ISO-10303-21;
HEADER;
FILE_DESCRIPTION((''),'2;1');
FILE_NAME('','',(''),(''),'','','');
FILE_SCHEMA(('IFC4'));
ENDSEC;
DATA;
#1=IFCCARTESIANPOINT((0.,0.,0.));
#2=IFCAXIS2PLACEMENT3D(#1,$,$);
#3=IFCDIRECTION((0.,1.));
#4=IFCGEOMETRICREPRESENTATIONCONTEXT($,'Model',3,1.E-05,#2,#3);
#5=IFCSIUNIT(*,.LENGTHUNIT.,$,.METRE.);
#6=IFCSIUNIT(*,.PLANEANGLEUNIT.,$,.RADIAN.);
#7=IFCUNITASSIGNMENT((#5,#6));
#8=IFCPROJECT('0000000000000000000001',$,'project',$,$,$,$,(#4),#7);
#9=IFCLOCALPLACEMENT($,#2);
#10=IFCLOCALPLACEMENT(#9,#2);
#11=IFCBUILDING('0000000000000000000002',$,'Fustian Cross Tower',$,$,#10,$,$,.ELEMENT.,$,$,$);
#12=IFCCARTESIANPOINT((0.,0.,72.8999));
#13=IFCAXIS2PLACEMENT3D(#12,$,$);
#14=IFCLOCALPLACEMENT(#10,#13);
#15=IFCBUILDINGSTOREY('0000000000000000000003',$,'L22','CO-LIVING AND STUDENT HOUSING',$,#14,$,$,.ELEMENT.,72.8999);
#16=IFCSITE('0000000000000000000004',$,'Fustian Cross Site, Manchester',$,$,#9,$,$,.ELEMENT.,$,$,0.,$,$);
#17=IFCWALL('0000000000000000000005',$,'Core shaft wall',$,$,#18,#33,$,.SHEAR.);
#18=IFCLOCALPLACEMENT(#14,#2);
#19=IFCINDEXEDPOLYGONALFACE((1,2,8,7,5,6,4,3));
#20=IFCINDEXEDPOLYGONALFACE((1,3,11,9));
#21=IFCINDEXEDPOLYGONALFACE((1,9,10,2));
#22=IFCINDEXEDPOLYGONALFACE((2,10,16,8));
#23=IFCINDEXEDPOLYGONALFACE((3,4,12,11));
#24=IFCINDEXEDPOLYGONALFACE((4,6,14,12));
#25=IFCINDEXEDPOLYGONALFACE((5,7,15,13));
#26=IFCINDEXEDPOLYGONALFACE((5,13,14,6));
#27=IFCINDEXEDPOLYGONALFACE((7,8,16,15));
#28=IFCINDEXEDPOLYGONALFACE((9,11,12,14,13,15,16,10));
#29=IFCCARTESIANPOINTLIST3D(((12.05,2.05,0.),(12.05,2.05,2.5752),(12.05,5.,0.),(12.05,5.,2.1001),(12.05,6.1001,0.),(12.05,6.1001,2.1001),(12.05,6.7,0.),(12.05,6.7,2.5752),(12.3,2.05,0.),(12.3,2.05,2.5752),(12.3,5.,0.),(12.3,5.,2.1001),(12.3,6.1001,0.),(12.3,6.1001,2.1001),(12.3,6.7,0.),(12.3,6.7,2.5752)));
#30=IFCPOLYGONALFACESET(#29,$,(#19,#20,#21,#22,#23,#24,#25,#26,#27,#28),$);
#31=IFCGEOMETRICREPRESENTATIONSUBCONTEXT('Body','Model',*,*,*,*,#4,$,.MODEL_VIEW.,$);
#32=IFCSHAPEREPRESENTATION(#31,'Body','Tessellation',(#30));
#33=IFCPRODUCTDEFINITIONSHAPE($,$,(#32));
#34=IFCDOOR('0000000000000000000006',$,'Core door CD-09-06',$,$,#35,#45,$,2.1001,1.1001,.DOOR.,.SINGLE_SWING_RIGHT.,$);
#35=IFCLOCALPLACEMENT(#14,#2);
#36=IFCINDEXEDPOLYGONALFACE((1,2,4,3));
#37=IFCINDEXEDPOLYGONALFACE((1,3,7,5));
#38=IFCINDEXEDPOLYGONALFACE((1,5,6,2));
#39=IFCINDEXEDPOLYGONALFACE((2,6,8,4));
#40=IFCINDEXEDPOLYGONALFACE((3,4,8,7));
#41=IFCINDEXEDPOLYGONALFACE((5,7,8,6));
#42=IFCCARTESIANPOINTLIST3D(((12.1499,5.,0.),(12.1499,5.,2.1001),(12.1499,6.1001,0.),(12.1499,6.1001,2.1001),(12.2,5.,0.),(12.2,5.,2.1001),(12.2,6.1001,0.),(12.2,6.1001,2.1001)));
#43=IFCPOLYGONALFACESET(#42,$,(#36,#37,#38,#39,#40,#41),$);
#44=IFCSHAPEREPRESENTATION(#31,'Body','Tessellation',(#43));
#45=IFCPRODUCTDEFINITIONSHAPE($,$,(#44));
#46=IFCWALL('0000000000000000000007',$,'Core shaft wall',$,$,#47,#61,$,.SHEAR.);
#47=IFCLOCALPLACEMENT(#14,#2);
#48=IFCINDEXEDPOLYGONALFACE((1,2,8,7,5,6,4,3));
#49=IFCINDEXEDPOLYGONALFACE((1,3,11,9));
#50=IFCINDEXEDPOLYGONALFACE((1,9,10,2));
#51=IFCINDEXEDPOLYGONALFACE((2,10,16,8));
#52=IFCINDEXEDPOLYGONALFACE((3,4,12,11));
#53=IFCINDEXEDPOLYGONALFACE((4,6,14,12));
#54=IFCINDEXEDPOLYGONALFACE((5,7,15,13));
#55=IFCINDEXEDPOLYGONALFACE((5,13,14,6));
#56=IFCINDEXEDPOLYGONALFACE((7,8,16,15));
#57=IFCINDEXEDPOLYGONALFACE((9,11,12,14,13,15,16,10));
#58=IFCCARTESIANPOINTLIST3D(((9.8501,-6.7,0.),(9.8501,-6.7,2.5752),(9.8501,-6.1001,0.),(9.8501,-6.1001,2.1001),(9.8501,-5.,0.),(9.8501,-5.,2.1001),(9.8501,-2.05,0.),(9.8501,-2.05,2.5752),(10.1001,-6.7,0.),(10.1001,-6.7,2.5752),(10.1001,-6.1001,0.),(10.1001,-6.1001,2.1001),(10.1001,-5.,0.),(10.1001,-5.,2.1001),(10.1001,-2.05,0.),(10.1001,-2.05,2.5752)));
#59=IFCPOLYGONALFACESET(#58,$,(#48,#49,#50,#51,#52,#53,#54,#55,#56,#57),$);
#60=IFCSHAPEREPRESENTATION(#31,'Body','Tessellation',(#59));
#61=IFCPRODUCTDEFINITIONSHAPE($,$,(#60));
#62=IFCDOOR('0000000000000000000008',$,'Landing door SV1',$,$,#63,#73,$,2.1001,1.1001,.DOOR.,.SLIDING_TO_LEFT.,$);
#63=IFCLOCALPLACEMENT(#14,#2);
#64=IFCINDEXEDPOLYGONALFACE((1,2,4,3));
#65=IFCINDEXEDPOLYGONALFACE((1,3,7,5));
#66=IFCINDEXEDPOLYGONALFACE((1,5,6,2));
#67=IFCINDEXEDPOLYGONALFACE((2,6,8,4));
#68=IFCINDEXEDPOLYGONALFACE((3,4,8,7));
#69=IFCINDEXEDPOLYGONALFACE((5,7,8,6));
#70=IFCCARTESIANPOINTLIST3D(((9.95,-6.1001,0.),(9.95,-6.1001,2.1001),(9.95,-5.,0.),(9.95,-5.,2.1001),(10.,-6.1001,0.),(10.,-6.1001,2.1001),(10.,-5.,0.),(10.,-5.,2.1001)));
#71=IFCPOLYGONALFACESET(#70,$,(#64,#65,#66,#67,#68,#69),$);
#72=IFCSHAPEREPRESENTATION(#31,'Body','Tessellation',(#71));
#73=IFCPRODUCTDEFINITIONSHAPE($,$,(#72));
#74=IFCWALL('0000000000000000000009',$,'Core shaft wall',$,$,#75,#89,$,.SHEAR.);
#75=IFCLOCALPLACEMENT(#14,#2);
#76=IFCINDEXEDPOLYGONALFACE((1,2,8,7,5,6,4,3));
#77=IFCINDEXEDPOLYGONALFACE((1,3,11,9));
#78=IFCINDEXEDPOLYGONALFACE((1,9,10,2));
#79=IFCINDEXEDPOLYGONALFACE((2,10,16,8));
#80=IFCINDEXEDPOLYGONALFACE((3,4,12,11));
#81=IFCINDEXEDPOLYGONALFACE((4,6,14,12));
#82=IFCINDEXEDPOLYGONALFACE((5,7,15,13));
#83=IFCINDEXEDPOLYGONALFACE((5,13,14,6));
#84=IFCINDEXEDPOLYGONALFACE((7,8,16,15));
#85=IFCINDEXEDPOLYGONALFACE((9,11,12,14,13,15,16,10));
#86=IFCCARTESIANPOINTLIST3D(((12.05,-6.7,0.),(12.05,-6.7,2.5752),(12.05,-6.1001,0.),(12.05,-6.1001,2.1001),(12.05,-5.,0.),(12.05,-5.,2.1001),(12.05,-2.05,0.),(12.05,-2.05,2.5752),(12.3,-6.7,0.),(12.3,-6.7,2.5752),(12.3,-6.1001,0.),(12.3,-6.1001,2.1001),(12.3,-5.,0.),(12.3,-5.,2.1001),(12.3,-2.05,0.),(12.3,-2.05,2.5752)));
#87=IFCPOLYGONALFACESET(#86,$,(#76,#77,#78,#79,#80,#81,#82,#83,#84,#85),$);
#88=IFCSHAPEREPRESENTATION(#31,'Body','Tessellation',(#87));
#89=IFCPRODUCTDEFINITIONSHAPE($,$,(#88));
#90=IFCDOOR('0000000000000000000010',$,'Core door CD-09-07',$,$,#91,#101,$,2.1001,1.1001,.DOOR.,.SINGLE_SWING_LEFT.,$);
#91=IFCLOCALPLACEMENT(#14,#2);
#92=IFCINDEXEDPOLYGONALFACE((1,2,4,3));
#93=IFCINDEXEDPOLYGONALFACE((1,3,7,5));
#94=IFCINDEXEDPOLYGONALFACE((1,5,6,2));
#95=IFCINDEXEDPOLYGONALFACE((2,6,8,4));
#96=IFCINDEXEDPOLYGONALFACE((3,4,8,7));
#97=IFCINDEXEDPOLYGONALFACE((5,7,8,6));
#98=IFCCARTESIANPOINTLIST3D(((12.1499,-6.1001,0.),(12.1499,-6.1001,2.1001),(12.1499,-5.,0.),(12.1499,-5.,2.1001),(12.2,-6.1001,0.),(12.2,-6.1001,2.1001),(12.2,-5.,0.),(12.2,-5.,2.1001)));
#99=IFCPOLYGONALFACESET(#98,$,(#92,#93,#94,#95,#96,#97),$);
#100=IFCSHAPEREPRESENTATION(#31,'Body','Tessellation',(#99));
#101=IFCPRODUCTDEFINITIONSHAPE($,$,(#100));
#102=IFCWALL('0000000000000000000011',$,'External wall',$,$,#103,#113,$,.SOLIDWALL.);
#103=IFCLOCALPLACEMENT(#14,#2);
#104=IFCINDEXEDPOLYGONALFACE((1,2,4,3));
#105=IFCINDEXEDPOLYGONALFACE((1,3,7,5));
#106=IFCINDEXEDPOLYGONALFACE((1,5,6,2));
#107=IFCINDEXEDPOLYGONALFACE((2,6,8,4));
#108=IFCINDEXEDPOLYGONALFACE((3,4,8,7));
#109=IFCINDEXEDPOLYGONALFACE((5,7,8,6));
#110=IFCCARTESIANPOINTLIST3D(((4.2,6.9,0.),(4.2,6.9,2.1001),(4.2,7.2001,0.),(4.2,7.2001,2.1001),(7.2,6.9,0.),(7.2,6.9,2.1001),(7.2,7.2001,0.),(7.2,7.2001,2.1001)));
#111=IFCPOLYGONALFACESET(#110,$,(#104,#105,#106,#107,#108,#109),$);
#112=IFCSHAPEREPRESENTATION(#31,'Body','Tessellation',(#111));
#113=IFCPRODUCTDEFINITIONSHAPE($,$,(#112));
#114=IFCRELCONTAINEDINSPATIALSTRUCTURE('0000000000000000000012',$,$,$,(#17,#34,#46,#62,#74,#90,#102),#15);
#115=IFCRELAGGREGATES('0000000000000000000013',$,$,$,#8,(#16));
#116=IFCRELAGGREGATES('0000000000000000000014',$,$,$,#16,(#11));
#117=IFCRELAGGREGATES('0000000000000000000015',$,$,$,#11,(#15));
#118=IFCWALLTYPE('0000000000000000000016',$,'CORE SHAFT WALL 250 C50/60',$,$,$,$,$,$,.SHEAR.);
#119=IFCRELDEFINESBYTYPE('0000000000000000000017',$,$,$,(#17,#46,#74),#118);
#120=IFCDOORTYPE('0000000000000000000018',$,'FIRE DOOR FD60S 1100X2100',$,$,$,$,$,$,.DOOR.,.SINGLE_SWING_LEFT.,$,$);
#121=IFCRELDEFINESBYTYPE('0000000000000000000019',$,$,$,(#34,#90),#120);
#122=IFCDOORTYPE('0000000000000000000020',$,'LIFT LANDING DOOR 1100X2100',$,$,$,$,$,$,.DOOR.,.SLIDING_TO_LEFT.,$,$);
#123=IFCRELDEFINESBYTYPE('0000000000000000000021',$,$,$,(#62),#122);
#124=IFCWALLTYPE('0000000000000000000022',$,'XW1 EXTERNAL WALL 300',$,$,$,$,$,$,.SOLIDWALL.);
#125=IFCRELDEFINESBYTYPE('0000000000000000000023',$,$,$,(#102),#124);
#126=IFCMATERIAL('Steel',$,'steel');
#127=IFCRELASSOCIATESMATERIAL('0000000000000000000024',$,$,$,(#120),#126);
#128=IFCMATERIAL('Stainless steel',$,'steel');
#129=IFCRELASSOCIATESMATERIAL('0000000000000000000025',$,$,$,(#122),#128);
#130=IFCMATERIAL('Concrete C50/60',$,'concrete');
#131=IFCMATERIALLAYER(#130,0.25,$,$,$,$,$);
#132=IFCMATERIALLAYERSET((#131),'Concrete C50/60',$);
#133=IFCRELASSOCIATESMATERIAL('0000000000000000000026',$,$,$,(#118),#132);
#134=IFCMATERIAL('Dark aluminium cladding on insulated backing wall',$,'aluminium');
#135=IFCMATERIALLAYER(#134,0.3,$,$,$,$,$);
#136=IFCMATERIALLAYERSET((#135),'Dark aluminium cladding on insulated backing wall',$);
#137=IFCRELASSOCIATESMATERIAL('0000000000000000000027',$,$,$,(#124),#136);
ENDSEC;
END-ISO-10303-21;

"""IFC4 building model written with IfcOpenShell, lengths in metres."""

from ifc_helpers import new_model, si_unit, direction, frame, frame_2d, origin, place, context, subcontext, project, spatial, rectangle, extrude, material, layer, layer_set, type_object, element, fill, save


model = new_model("IFC4")

# Units and contexts
model_context = context("Model", 3, precision=1e-05, world=origin(), true_north=direction((0.0, 1.0)))
body_context = subcontext(model_context, "Body", "Model", "MODEL_VIEW")
ifc_project = project(units=[si_unit("LENGTHUNIT", "METRE"), si_unit("PLANEANGLEUNIT", "RADIAN")], contexts=[model_context])

# Site, building, storey
site_placement = place(None, origin())
site = spatial("IfcSite", under=ifc_project, at=site_placement, Name="Fustian Cross Site, Manchester", CompositionType="ELEMENT", RefElevation=0.0)
building_placement = place(site_placement, origin())
building = spatial("IfcBuilding", under=site, at=building_placement, Name="Fustian Cross Tower", CompositionType="ELEMENT")
storey_placement = place(building_placement, frame((0.0, 0.0, 72.8999)))
storey = spatial("IfcBuildingStorey", under=building, at=storey_placement, Name="L22", Description="CO-LIVING AND STUDENT HOUSING", CompositionType="ELEMENT", Elevation=72.8999)

# Shared definitions
ifc_material_1 = material(Name="Steel", Category="steel")
door_type_1 = type_object("IfcDoorType", Name="FIRE DOOR FD60S 1100X2100", OperationType="SINGLE_SWING_LEFT", PredefinedType="DOOR", material=ifc_material_1)
ifc_material_2 = material(Name="Stainless steel", Category="steel")
door_type_2 = type_object("IfcDoorType", Name="LIFT LANDING DOOR 1100X2100", OperationType="SLIDING_TO_LEFT", PredefinedType="DOOR", material=ifc_material_2)

# Shared definitions
ifc_material_3 = material(Name="Concrete C50/60", Category="concrete")
ifc_layer_1 = layer(ifc_material_3, 0.25)
ifc_layer_set_1 = layer_set([ifc_layer_1], Name="Concrete C50/60")
wall_type_1 = type_object("IfcWallType", Name="CORE SHAFT WALL 250 C50/60", PredefinedType="SHEAR", material=ifc_layer_set_1)

# Walls, openings, doors
wall_1_placement = place(storey_placement, frame((12.175, 2.05, 0.0), z_axis=(0.0, 0.0, 1.0), x_axis=(0.0, 1.0, 0.0)))
wall_1 = element("IfcWall", 1, at=wall_1_placement, inside=storey, type_object=wall_type_1, Name="Core shaft wall", PredefinedType="SHEAR", context=body_context, shape_type="SweptSolid", body=[
    extrude(rectangle(XDim=4.6499, YDim=0.25, at=frame_2d((2.325, 0.0))), origin(), (0.0, 0.0, 1.0), 2.5752),
])
opening_1_placement = place(wall_1_placement, frame((2.95, 0.0, 0.0)))
opening_1 = element("IfcOpeningElement", 2, at=opening_1_placement, cuts=wall_1, PredefinedType="OPENING", context=body_context, shape_type="SweptSolid", body=[
    extrude(rectangle(XDim=1.1001, YDim=2.1001, at=frame_2d((0.55, 1.05))), frame((0.0, 0.135, 0.0), z_axis=(0.0, -1.0, 0.0), x_axis=(1.0, 0.0, 0.0)), (0.0, 0.0, 1.0), 0.27),
])
door_1_placement = place(opening_1_placement, frame((1.1001, 0.0, 0.0), z_axis=(0.0, 0.0, 1.0), x_axis=(-1.0, 0.0, 0.0)))
door_1 = element("IfcDoor", 3, at=door_1_placement, inside=storey, type_object=door_type_1, Name="Core door CD-09-06", OperationType="SINGLE_SWING_RIGHT", OverallHeight=2.1001, OverallWidth=1.1001, PredefinedType="DOOR", context=body_context, shape_type="SweptSolid", body=[
    extrude(rectangle(XDim=1.1001, YDim=2.1001, at=frame_2d((0.55, 1.05))), frame((0.0, 0.0249, 0.0), z_axis=(0.0, -1.0, 0.0), x_axis=(1.0, 0.0, 0.0)), (0.0, 0.0, 1.0), 0.05),
])
fill(opening_1, door_1)
wall_2_placement = place(storey_placement, frame((9.9751, -2.05, 0.0), z_axis=(0.0, 0.0, 1.0), x_axis=(0.0, -1.0, 0.0)))
wall_2 = element("IfcWall", 4, at=wall_2_placement, inside=storey, type_object=wall_type_1, Name="Core shaft wall", PredefinedType="SHEAR", context=body_context, shape_type="SweptSolid", body=[
    extrude(rectangle(XDim=4.6499, YDim=0.25, at=frame_2d((2.325, 0.0))), origin(), (0.0, 0.0, 1.0), 2.5752),
])
opening_2_placement = place(wall_2_placement, frame((2.95, 0.0, 0.0)))
opening_2 = element("IfcOpeningElement", 5, at=opening_2_placement, cuts=wall_2, PredefinedType="OPENING", context=body_context, shape_type="SweptSolid", body=[
    extrude(rectangle(XDim=1.1001, YDim=2.1001, at=frame_2d((0.55, 1.05))), frame((0.0, 0.135, 0.0), z_axis=(0.0, -1.0, 0.0), x_axis=(1.0, 0.0, 0.0)), (0.0, 0.0, 1.0), 0.27),
])
door_2_placement = place(opening_2_placement, origin())
door_2 = element("IfcDoor", 6, at=door_2_placement, inside=storey, type_object=door_type_2, Name="Landing door SV1", OperationType="SLIDING_TO_LEFT", OverallHeight=2.1001, OverallWidth=1.1001, PredefinedType="DOOR", context=body_context, shape_type="SweptSolid", body=[
    extrude(rectangle(XDim=1.1001, YDim=2.1001, at=frame_2d((0.55, 1.05))), frame((0.0, 0.0249, 0.0), z_axis=(0.0, -1.0, 0.0), x_axis=(1.0, 0.0, 0.0)), (0.0, 0.0, 1.0), 0.05),
])
fill(opening_2, door_2)
wall_3_placement = place(storey_placement, frame((12.175, -2.05, 0.0), z_axis=(0.0, 0.0, 1.0), x_axis=(0.0, -1.0, 0.0)))
wall_3 = element("IfcWall", 7, at=wall_3_placement, inside=storey, type_object=wall_type_1, Name="Core shaft wall", PredefinedType="SHEAR", context=body_context, shape_type="SweptSolid", body=[
    extrude(rectangle(XDim=4.6499, YDim=0.25, at=frame_2d((2.325, 0.0))), origin(), (0.0, 0.0, 1.0), 2.5752),
])
opening_3_placement = place(wall_3_placement, frame((2.95, 0.0, 0.0)))
opening_3 = element("IfcOpeningElement", 8, at=opening_3_placement, cuts=wall_3, PredefinedType="OPENING", context=body_context, shape_type="SweptSolid", body=[
    extrude(rectangle(XDim=1.1001, YDim=2.1001, at=frame_2d((0.55, 1.05))), frame((0.0, 0.135, 0.0), z_axis=(0.0, -1.0, 0.0), x_axis=(1.0, 0.0, 0.0)), (0.0, 0.0, 1.0), 0.27),
])
door_3_placement = place(opening_3_placement, origin())
door_3 = element("IfcDoor", 9, at=door_3_placement, inside=storey, type_object=door_type_1, Name="Core door CD-09-07", OperationType="SINGLE_SWING_LEFT", OverallHeight=2.1001, OverallWidth=1.1001, PredefinedType="DOOR", context=body_context, shape_type="SweptSolid", body=[
    extrude(rectangle(XDim=1.1001, YDim=2.1001, at=frame_2d((0.55, 1.05))), frame((0.0, 0.0249, 0.0), z_axis=(0.0, -1.0, 0.0), x_axis=(1.0, 0.0, 0.0)), (0.0, 0.0, 1.0), 0.05),
])
fill(opening_3, door_3)

# Wall
ifc_material_4 = material(Name="Dark aluminium cladding on insulated backing wall", Category="aluminium")
ifc_layer_2 = layer(ifc_material_4, 0.3)
ifc_layer_set_2 = layer_set([ifc_layer_2], Name="Dark aluminium cladding on insulated backing wall")
wall_type_2 = type_object("IfcWallType", Name="XW1 EXTERNAL WALL 300", PredefinedType="SOLIDWALL", material=ifc_layer_set_2)
wall_4_placement = place(storey_placement, frame((7.2, 7.05, 0.0), z_axis=(0.0, 0.0, 1.0), x_axis=(-1.0, 0.0, 0.0)))
element("IfcWall", 10, at=wall_4_placement, inside=storey, type_object=wall_type_2, Name="External wall", PredefinedType="SOLIDWALL", context=body_context, shape_type="SweptSolid", body=[
    extrude(rectangle(XDim=3.0, YDim=0.3, at=frame_2d((1.5, 0.0))), origin(), (0.0, 0.0, 1.0), 2.1001),
])

save(model, "model.ifc")
